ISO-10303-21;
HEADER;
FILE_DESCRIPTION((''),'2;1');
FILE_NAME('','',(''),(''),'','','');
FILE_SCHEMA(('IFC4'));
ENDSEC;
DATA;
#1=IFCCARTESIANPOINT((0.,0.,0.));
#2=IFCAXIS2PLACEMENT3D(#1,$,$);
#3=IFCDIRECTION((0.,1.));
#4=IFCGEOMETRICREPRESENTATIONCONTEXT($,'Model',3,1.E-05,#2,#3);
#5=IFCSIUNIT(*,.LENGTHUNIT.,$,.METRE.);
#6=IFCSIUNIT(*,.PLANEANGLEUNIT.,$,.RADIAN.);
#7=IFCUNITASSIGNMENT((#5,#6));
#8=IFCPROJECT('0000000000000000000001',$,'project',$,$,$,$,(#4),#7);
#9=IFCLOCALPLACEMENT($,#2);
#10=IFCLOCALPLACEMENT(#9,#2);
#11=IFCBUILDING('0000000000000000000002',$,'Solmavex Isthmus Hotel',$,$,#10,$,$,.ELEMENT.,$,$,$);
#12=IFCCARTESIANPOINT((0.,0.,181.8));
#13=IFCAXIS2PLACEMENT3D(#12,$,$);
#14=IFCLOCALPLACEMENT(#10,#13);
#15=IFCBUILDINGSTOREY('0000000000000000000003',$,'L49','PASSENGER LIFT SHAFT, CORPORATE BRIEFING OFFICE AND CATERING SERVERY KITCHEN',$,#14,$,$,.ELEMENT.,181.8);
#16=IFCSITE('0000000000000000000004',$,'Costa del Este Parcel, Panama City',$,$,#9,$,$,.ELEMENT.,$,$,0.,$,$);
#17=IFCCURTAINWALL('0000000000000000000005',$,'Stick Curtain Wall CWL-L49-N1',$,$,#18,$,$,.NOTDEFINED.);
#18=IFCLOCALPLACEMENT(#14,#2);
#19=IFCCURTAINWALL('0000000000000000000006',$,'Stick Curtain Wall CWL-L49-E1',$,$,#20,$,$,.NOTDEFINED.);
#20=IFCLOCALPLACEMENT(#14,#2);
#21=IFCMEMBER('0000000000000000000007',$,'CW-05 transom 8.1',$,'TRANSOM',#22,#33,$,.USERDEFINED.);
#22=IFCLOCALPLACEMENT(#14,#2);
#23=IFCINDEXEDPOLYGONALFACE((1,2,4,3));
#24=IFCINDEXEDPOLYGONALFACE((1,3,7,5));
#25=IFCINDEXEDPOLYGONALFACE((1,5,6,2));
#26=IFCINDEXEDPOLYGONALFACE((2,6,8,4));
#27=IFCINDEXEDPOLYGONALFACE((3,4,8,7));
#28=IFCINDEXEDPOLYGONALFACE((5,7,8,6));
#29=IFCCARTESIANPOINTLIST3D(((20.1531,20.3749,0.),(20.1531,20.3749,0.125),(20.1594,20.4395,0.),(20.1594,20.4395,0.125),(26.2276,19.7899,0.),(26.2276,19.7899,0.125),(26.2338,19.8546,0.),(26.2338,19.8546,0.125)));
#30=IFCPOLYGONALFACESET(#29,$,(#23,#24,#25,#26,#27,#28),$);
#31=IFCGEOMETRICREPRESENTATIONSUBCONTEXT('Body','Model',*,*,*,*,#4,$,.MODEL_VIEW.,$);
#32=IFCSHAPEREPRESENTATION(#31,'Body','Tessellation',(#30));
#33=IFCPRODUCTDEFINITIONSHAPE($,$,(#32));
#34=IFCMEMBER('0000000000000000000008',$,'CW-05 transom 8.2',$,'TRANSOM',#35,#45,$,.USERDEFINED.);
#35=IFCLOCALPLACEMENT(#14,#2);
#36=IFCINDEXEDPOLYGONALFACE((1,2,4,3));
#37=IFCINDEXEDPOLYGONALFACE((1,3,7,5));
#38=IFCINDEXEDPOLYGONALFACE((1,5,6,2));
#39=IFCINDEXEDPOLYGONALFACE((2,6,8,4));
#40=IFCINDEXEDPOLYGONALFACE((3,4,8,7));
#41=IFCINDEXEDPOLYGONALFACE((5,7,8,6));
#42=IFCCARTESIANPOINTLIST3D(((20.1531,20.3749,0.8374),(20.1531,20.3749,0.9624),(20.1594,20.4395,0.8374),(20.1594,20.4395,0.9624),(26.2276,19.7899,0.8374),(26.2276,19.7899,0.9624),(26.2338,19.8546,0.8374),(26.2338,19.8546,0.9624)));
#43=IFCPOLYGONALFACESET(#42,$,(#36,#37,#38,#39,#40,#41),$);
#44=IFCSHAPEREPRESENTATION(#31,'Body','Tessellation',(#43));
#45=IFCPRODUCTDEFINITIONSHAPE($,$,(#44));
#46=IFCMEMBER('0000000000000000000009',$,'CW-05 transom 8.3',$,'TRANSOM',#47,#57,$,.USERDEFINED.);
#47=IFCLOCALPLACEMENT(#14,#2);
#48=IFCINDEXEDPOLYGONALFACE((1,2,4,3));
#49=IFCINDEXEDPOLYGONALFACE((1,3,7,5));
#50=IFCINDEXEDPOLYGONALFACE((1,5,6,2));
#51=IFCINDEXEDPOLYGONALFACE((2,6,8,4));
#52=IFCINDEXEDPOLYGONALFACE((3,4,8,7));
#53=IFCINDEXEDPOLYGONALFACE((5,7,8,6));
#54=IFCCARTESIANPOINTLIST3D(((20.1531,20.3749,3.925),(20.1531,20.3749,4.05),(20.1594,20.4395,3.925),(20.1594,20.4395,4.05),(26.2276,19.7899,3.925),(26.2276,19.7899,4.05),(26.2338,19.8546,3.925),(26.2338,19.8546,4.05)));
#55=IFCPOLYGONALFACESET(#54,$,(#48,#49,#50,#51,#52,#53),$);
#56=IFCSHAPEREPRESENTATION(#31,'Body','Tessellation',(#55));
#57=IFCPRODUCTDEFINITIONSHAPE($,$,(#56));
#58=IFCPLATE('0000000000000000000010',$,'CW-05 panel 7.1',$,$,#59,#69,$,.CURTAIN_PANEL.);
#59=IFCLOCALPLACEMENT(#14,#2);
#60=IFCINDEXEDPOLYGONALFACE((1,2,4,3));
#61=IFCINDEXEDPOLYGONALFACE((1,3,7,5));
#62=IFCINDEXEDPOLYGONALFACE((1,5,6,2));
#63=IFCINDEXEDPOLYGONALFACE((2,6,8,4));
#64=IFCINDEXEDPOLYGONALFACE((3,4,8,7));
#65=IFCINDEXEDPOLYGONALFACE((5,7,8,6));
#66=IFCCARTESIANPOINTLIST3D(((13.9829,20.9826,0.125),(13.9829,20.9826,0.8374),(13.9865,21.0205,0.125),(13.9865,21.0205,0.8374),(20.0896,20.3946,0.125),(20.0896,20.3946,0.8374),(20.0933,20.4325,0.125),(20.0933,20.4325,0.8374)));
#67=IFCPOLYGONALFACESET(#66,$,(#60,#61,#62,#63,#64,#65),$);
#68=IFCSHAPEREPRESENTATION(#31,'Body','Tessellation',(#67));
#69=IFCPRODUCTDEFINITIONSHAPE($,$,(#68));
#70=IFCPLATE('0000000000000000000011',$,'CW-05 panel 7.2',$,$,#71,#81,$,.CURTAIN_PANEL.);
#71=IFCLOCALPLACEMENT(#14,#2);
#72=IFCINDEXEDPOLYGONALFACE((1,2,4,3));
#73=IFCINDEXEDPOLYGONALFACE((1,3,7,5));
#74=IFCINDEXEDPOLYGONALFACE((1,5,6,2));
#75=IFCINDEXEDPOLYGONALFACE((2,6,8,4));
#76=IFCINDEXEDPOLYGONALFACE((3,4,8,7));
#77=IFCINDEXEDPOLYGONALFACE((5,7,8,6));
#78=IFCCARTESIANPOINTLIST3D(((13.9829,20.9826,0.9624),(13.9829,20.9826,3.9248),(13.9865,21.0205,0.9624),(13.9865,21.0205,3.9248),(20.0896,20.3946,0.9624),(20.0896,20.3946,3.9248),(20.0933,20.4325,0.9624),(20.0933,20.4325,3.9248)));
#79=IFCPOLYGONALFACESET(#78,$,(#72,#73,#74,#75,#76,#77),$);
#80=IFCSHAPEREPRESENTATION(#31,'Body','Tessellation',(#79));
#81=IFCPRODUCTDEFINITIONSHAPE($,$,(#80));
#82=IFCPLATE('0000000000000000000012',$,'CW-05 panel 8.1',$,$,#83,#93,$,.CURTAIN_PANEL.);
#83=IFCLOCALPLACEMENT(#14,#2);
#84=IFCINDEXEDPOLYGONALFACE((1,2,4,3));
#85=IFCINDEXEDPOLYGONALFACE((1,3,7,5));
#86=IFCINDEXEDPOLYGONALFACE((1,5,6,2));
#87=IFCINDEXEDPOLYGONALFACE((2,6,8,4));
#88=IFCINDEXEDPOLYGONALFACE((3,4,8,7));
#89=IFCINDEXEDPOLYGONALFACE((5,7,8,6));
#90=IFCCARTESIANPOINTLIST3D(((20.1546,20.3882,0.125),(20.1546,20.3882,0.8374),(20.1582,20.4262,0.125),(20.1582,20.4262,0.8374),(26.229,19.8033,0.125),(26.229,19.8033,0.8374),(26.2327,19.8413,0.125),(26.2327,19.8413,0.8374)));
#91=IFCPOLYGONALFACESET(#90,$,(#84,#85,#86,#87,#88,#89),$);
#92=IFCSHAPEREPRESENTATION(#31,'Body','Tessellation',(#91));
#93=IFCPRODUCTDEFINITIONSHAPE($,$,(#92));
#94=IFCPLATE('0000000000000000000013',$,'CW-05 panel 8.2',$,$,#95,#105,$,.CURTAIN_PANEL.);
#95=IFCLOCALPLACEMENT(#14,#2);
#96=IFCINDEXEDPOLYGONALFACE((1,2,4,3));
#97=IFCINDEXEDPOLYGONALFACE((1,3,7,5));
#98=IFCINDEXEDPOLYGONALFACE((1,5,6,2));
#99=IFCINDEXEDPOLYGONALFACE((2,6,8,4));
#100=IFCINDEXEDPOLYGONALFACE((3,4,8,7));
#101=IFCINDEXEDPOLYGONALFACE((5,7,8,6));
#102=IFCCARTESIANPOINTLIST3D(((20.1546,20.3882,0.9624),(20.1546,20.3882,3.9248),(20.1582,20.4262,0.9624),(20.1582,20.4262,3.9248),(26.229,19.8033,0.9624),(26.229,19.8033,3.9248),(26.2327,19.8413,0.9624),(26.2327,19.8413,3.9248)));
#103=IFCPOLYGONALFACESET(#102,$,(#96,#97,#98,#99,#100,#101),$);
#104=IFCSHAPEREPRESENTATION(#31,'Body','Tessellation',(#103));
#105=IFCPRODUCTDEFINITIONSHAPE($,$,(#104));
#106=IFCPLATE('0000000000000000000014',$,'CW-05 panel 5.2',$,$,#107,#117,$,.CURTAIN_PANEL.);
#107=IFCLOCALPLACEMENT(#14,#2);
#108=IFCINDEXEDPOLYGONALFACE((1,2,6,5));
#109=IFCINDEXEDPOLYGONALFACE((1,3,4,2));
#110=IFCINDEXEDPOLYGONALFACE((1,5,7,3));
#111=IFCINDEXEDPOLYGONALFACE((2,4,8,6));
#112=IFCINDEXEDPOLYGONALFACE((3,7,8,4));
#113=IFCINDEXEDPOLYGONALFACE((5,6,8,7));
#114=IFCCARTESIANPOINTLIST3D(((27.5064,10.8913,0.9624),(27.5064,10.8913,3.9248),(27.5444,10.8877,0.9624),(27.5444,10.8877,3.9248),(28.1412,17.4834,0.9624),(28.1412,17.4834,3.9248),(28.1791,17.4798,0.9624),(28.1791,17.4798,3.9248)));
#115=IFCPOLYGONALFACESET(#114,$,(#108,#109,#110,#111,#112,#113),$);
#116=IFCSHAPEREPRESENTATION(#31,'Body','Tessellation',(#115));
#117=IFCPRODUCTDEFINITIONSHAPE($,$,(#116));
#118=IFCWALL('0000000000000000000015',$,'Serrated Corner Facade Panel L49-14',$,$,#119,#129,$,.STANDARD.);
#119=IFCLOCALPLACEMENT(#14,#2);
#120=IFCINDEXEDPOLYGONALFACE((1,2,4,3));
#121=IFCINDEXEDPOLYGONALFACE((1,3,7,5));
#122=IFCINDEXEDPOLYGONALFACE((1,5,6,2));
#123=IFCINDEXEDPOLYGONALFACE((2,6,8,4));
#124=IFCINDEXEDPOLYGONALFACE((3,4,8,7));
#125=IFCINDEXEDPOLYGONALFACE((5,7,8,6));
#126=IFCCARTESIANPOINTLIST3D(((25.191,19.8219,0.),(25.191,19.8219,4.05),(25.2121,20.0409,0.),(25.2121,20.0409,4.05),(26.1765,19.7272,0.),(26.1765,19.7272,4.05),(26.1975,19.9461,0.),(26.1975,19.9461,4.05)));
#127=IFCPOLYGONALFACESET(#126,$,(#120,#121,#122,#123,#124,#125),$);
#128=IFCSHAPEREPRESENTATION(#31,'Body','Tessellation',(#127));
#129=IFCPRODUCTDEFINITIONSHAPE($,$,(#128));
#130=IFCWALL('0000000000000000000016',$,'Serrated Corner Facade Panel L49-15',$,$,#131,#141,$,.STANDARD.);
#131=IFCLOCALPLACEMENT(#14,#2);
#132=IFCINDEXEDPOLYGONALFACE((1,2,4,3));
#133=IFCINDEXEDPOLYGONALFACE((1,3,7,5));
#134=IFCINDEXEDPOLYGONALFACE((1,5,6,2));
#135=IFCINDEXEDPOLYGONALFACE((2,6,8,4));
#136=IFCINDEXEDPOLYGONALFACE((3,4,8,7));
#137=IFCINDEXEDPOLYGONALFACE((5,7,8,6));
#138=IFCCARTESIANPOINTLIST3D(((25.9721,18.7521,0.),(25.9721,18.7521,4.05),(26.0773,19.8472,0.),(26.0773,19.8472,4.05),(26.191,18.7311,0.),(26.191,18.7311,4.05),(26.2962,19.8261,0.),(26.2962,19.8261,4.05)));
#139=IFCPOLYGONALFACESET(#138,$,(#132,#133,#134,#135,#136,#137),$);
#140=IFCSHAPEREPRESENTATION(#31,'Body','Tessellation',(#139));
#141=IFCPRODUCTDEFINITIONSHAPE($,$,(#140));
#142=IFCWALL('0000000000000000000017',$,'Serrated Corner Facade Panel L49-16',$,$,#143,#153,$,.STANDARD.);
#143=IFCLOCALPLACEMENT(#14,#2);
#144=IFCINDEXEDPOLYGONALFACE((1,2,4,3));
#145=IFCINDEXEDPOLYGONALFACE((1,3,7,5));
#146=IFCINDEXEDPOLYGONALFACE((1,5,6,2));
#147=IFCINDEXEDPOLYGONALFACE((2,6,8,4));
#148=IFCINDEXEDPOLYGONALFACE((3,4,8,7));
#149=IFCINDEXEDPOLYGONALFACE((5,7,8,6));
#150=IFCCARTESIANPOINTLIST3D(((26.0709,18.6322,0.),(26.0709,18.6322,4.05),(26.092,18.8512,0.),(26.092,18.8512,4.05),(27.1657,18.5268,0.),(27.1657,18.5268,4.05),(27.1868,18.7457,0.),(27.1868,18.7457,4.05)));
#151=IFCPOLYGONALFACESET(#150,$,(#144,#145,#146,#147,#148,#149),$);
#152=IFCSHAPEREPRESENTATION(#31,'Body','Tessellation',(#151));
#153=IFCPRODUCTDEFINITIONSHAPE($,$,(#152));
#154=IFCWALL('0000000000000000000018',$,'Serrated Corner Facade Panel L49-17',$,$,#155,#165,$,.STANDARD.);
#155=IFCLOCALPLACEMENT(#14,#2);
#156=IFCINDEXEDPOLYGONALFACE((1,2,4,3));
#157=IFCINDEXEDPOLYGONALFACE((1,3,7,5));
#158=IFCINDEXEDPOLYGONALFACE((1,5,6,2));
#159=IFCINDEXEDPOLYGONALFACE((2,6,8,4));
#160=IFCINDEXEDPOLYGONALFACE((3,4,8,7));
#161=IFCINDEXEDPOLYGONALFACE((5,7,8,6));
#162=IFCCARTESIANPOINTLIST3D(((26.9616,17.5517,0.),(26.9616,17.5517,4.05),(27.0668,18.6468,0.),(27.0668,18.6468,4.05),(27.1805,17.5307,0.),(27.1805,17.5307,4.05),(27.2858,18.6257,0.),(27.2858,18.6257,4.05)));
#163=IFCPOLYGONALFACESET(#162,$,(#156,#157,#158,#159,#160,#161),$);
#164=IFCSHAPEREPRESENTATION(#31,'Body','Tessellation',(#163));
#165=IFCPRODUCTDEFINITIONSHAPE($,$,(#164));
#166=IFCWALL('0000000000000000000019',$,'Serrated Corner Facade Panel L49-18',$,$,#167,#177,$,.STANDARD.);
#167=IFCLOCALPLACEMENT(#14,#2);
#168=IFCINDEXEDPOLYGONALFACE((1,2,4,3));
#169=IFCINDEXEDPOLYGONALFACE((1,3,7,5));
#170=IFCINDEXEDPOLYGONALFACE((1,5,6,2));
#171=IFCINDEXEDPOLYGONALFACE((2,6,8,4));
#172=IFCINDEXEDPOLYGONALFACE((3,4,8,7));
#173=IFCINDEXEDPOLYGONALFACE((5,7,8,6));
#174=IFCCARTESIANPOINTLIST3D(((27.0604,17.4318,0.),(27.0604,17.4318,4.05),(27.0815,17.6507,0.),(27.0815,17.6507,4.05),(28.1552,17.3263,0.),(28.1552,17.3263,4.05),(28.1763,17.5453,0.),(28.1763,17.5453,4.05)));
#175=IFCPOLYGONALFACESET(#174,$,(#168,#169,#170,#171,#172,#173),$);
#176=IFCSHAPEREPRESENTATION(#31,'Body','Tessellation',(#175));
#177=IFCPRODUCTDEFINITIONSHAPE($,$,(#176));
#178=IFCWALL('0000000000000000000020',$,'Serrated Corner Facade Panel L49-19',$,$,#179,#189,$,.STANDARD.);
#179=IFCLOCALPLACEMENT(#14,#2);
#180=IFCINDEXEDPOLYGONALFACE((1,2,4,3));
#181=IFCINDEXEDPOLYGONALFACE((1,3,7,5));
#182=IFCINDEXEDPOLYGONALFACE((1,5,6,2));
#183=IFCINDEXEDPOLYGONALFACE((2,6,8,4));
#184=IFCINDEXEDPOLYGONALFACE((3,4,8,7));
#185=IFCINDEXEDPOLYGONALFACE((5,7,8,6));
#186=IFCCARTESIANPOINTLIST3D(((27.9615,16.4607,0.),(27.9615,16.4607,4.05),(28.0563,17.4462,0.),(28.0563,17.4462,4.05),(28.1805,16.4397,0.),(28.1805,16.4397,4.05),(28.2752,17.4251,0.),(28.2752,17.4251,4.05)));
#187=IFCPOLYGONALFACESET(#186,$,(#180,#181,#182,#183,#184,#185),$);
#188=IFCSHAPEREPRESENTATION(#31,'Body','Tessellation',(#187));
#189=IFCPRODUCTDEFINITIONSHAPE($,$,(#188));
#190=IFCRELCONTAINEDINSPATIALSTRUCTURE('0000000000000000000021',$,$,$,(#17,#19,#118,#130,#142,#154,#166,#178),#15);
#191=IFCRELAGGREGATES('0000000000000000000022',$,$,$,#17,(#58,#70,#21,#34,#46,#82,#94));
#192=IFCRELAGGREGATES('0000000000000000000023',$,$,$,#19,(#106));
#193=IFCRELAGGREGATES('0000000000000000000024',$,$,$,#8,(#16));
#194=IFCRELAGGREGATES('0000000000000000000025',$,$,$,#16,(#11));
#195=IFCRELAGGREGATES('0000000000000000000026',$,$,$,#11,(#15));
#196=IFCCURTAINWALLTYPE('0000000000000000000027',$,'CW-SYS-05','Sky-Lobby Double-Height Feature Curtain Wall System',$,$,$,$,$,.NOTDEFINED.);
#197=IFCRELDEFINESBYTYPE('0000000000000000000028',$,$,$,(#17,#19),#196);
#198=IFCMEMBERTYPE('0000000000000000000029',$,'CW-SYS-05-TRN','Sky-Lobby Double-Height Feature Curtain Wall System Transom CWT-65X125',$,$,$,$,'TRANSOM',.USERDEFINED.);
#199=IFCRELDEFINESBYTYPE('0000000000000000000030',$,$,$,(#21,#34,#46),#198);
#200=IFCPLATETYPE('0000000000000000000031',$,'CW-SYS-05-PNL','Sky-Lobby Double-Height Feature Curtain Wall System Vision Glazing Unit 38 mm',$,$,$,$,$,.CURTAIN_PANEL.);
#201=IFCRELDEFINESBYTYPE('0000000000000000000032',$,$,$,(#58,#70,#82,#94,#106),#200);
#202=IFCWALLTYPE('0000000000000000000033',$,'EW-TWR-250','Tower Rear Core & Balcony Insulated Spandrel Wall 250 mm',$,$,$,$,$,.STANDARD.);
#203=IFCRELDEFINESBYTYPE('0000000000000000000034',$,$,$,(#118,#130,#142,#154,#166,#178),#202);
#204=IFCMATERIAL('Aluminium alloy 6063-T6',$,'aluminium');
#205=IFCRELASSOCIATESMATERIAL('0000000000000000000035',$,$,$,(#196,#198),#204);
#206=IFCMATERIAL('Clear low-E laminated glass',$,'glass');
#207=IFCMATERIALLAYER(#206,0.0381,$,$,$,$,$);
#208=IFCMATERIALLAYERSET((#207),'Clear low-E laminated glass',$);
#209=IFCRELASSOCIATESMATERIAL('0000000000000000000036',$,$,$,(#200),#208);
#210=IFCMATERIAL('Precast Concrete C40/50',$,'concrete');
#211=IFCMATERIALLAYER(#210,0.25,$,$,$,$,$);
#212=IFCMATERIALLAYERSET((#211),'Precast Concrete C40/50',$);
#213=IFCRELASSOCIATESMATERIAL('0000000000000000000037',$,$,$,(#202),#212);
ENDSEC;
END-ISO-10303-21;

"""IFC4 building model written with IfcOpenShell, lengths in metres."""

from ifc_helpers import new_model, si_unit, direction, frame, frame_2d, origin, origin_2d, place, context, subcontext, project, spatial, rectangle, extrude, material, layer, layer_set, material_profile, profile_set, type_object, element, aggregate, save


model = new_model("IFC4")

# Units and contexts
model_context = context("Model", 3, precision=1e-05, world=origin(), true_north=direction((0.0, 1.0)))
body_context = subcontext(model_context, "Body", "Model", "MODEL_VIEW")
ifc_project = project(units=[si_unit("LENGTHUNIT", "METRE"), si_unit("PLANEANGLEUNIT", "RADIAN")], contexts=[model_context])

# Site, building, storey
site_placement = place(None, origin())
site = spatial("IfcSite", under=ifc_project, at=site_placement, Name="Costa del Este Parcel, Panama City", CompositionType="ELEMENT", RefElevation=0.0)
building_placement = place(site_placement, origin())
building = spatial("IfcBuilding", under=site, at=building_placement, Name="Solmavex Isthmus Hotel", CompositionType="ELEMENT")
storey_placement = place(building_placement, frame((0.0, 0.0, 181.8)))
storey = spatial("IfcBuildingStorey", under=building, at=storey_placement, Name="L49", Description="PASSENGER LIFT SHAFT, CORPORATE BRIEFING OFFICE AND CATERING SERVERY KITCHEN", CompositionType="ELEMENT", Elevation=181.8)

# Curtain wall
ifc_material_1 = material(Name="Aluminium alloy 6063-T6", Category="aluminium")
curtain_wall_type = type_object("IfcCurtainWallType", Name="CW-SYS-05", Description="Sky-Lobby Double-Height Feature Curtain Wall System", PredefinedType="NOTDEFINED", material=ifc_material_1)
curtain_wall_1_placement = place(storey_placement, origin())
curtain_wall_1 = element("IfcCurtainWall", 1, at=curtain_wall_1_placement, inside=storey, type_object=curtain_wall_type, Name="Stick Curtain Wall CWL-L49-N1", PredefinedType="NOTDEFINED")

# Curtain wall
curtain_wall_2_placement = place(storey_placement, origin())
curtain_wall_2 = element("IfcCurtainWall", 2, at=curtain_wall_2_placement, inside=storey, type_object=curtain_wall_type, Name="Stick Curtain Wall CWL-L49-E1", PredefinedType="NOTDEFINED")

# Members
ifc_material_profile_1 = material_profile(ifc_material_1, rectangle(XDim=0.0649, YDim=0.125, at=origin_2d()), Name="CWT-65X125")
ifc_profile_set_1 = profile_set([ifc_material_profile_1], Name="Aluminium alloy 6063-T6")
member_type_1 = type_object("IfcMemberType", Name="CW-SYS-05-TRN", Description="Sky-Lobby Double-Height Feature Curtain Wall System Transom CWT-65X125", ElementType="TRANSOM", PredefinedType="USERDEFINED", material=ifc_profile_set_1)
member_1_placement = place(storey_placement, frame((20.1562, 20.4072, 0.0625), z_axis=(0.995395, -0.095855, 0.0), x_axis=(0.095855, 0.995395, 0.0)))
member_1 = element("IfcMember", 3, at=member_1_placement, type_object=member_type_1, Name="CW-05 transom 8.1", ObjectType="TRANSOM", PredefinedType="USERDEFINED", context=body_context, shape_type="SweptSolid", body=[
    extrude(rectangle(XDim=0.0649, YDim=0.125, at=origin_2d()), origin(), (0.0, 0.0, 1.0), 6.1025),
])
member_2_placement = place(storey_placement, frame((20.1562, 20.4072, 0.8999), z_axis=(0.995395, -0.095855, 0.0), x_axis=(0.095855, 0.995395, 0.0)))
member_2 = element("IfcMember", 4, at=member_2_placement, type_object=member_type_1, Name="CW-05 transom 8.2", ObjectType="TRANSOM", PredefinedType="USERDEFINED", context=body_context, shape_type="SweptSolid", body=[
    extrude(rectangle(XDim=0.0649, YDim=0.125, at=origin_2d()), origin(), (0.0, 0.0, 1.0), 6.1025),
])
member_3_placement = place(storey_placement, frame((20.1562, 20.4072, 3.9875), z_axis=(0.995395, -0.095855, 0.0), x_axis=(0.095855, 0.995395, 0.0)))
member_3 = element("IfcMember", 5, at=member_3_placement, type_object=member_type_1, Name="CW-05 transom 8.3", ObjectType="TRANSOM", PredefinedType="USERDEFINED", context=body_context, shape_type="SweptSolid", body=[
    extrude(rectangle(XDim=0.0649, YDim=0.125, at=origin_2d()), origin(), (0.0, 0.0, 1.0), 6.1025),
])

# Plates
ifc_material_2 = material(Name="Clear low-E laminated glass", Category="glass")
ifc_layer_1 = layer(ifc_material_2, 0.0381)
ifc_layer_set_1 = layer_set([ifc_layer_1], Name="Clear low-E laminated glass")
plate_type = type_object("IfcPlateType", Name="CW-SYS-05-PNL", Description="Sky-Lobby Double-Height Feature Curtain Wall System Vision Glazing Unit 38 mm", PredefinedType="CURTAIN_PANEL", material=ifc_layer_set_1)
plate_1_placement = place(storey_placement, frame((17.0381, 20.7075, 0.125), z_axis=(0.0, 0.0, 1.0), x_axis=(0.995396, -0.095846, 0.0)))
plate_1 = element("IfcPlate", 6, at=plate_1_placement, type_object=plate_type, Name="CW-05 panel 7.1", PredefinedType="CURTAIN_PANEL", context=body_context, shape_type="SweptSolid", body=[
    extrude(rectangle(XDim=6.135, YDim=0.0381, at=origin_2d()), origin(), (0.0, 0.0, 1.0), 0.7124),
])
plate_2_placement = place(storey_placement, frame((17.0381, 20.7075, 0.9624), z_axis=(0.0, 0.0, 1.0), x_axis=(0.995396, -0.095846, 0.0)))
plate_2 = element("IfcPlate", 7, at=plate_2_placement, type_object=plate_type, Name="CW-05 panel 7.2", PredefinedType="CURTAIN_PANEL", context=body_context, shape_type="SweptSolid", body=[
    extrude(rectangle(XDim=6.135, YDim=0.0381, at=origin_2d()), origin(), (0.0, 0.0, 1.0), 2.9624),
])
plate_3_placement = place(storey_placement, frame((23.1936, 20.1147, 0.125), z_axis=(0.0, 0.0, 1.0), x_axis=(0.995396, -0.095846, 0.0)))
plate_3 = element("IfcPlate", 8, at=plate_3_placement, type_object=plate_type, Name="CW-05 panel 8.1", PredefinedType="CURTAIN_PANEL", context=body_context, shape_type="SweptSolid", body=[
    extrude(rectangle(XDim=6.1025, YDim=0.0381, at=origin_2d()), origin(), (0.0, 0.0, 1.0), 0.7124),
])
plate_4_placement = place(storey_placement, frame((23.1936, 20.1147, 0.9624), z_axis=(0.0, 0.0, 1.0), x_axis=(0.995396, -0.095846, 0.0)))
plate_4 = element("IfcPlate", 9, at=plate_4_placement, type_object=plate_type, Name="CW-05 panel 8.2", PredefinedType="CURTAIN_PANEL", context=body_context, shape_type="SweptSolid", body=[
    extrude(rectangle(XDim=6.1025, YDim=0.0381, at=origin_2d()), origin(), (0.0, 0.0, 1.0), 2.9624),
])
aggregate(curtain_wall_1, [plate_1, plate_2, member_1, member_2, member_3, plate_3, plate_4])
plate_5_placement = place(storey_placement, frame((27.8428, 14.1855, 0.9624), z_axis=(0.0, 0.0, 1.0), x_axis=(0.095846, 0.995396, 0.0)))
plate_5 = element("IfcPlate", 10, at=plate_5_placement, type_object=plate_type, Name="CW-05 panel 5.2", PredefinedType="CURTAIN_PANEL", context=body_context, shape_type="SweptSolid", body=[
    extrude(rectangle(XDim=6.6226, YDim=0.0381, at=origin_2d()), origin(), (0.0, 0.0, 1.0), 2.9624),
])
aggregate(curtain_wall_2, [plate_5])

# Walls
ifc_material_3 = material(Name="Precast Concrete C40/50", Category="concrete")
ifc_layer_2 = layer(ifc_material_3, 0.25)
ifc_layer_set_2 = layer_set([ifc_layer_2], Name="Precast Concrete C40/50")
wall_type_1 = type_object("IfcWallType", Name="EW-TWR-250", Description="Tower Rear Core & Balcony Insulated Spandrel Wall 250 mm", PredefinedType="STANDARD", material=ifc_layer_set_2)
wall_1_placement = place(storey_placement, frame((25.2014, 19.9314, 0.0), z_axis=(0.0, 0.0, 1.0), x_axis=(0.995411, -0.095694, 0.0)))
element("IfcWall", 11, at=wall_1_placement, inside=storey, type_object=wall_type_1, Name="Serrated Corner Facade Panel L49-14", PredefinedType="STANDARD", context=body_context, shape_type="SweptSolid", body=[
    extrude(rectangle(XDim=0.99, YDim=0.22, at=frame_2d((0.4951, 0.0))), origin(), (0.0, 0.0, 1.0), 4.05),
])
wall_2_placement = place(storey_placement, frame((26.1868, 19.8367, 0.0), z_axis=(0.0, 0.0, 1.0), x_axis=(-0.095657, -0.995414, 0.0)))
element("IfcWall", 12, at=wall_2_placement, inside=storey, type_object=wall_type_1, Name="Serrated Corner Facade Panel L49-15", PredefinedType="STANDARD", context=body_context, shape_type="SweptSolid", body=[
    extrude(rectangle(XDim=1.1001, YDim=0.22, at=frame_2d((0.55, 0.0))), origin(), (0.0, 0.0, 1.0), 4.05),
])
wall_3_placement = place(storey_placement, frame((26.0815, 18.7417, 0.0), z_axis=(0.0, 0.0, 1.0), x_axis=(0.995391, -0.095899, 0.0)))
element("IfcWall", 13, at=wall_3_placement, inside=storey, type_object=wall_type_1, Name="Serrated Corner Facade Panel L49-16", PredefinedType="STANDARD", context=body_context, shape_type="SweptSolid", body=[
    extrude(rectangle(XDim=1.0999, YDim=0.22, at=frame_2d((0.5498, 0.0))), origin(), (0.0, 0.0, 1.0), 4.05),
])
wall_4_placement = place(storey_placement, frame((27.1763, 18.6362, 0.0), z_axis=(0.0, 0.0, 1.0), x_axis=(-0.095657, -0.995414, 0.0)))
element("IfcWall", 14, at=wall_4_placement, inside=storey, type_object=wall_type_1, Name="Serrated Corner Facade Panel L49-17", PredefinedType="STANDARD", context=body_context, shape_type="SweptSolid", body=[
    extrude(rectangle(XDim=1.1001, YDim=0.22, at=frame_2d((0.55, 0.0))), origin(), (0.0, 0.0, 1.0), 4.05),
])
wall_5_placement = place(storey_placement, frame((27.071, 17.5413, 0.0), z_axis=(0.0, 0.0, 1.0), x_axis=(0.995391, -0.095899, 0.0)))
element("IfcWall", 15, at=wall_5_placement, inside=storey, type_object=wall_type_1, Name="Serrated Corner Facade Panel L49-18", PredefinedType="STANDARD", context=body_context, shape_type="SweptSolid", body=[
    extrude(rectangle(XDim=1.0999, YDim=0.22, at=frame_2d((0.5498, 0.0))), origin(), (0.0, 0.0, 1.0), 4.05),
])
wall_6_placement = place(storey_placement, frame((28.1658, 17.4358, 0.0), z_axis=(0.0, 0.0, 1.0), x_axis=(-0.095694, -0.995411, 0.0)))
element("IfcWall", 16, at=wall_6_placement, inside=storey, type_object=wall_type_1, Name="Serrated Corner Facade Panel L49-19", PredefinedType="STANDARD", context=body_context, shape_type="SweptSolid", body=[
    extrude(rectangle(XDim=0.99, YDim=0.22, at=frame_2d((0.4951, 0.0))), origin(), (0.0, 0.0, 1.0), 4.05),
])

save(model, "model.ifc")
